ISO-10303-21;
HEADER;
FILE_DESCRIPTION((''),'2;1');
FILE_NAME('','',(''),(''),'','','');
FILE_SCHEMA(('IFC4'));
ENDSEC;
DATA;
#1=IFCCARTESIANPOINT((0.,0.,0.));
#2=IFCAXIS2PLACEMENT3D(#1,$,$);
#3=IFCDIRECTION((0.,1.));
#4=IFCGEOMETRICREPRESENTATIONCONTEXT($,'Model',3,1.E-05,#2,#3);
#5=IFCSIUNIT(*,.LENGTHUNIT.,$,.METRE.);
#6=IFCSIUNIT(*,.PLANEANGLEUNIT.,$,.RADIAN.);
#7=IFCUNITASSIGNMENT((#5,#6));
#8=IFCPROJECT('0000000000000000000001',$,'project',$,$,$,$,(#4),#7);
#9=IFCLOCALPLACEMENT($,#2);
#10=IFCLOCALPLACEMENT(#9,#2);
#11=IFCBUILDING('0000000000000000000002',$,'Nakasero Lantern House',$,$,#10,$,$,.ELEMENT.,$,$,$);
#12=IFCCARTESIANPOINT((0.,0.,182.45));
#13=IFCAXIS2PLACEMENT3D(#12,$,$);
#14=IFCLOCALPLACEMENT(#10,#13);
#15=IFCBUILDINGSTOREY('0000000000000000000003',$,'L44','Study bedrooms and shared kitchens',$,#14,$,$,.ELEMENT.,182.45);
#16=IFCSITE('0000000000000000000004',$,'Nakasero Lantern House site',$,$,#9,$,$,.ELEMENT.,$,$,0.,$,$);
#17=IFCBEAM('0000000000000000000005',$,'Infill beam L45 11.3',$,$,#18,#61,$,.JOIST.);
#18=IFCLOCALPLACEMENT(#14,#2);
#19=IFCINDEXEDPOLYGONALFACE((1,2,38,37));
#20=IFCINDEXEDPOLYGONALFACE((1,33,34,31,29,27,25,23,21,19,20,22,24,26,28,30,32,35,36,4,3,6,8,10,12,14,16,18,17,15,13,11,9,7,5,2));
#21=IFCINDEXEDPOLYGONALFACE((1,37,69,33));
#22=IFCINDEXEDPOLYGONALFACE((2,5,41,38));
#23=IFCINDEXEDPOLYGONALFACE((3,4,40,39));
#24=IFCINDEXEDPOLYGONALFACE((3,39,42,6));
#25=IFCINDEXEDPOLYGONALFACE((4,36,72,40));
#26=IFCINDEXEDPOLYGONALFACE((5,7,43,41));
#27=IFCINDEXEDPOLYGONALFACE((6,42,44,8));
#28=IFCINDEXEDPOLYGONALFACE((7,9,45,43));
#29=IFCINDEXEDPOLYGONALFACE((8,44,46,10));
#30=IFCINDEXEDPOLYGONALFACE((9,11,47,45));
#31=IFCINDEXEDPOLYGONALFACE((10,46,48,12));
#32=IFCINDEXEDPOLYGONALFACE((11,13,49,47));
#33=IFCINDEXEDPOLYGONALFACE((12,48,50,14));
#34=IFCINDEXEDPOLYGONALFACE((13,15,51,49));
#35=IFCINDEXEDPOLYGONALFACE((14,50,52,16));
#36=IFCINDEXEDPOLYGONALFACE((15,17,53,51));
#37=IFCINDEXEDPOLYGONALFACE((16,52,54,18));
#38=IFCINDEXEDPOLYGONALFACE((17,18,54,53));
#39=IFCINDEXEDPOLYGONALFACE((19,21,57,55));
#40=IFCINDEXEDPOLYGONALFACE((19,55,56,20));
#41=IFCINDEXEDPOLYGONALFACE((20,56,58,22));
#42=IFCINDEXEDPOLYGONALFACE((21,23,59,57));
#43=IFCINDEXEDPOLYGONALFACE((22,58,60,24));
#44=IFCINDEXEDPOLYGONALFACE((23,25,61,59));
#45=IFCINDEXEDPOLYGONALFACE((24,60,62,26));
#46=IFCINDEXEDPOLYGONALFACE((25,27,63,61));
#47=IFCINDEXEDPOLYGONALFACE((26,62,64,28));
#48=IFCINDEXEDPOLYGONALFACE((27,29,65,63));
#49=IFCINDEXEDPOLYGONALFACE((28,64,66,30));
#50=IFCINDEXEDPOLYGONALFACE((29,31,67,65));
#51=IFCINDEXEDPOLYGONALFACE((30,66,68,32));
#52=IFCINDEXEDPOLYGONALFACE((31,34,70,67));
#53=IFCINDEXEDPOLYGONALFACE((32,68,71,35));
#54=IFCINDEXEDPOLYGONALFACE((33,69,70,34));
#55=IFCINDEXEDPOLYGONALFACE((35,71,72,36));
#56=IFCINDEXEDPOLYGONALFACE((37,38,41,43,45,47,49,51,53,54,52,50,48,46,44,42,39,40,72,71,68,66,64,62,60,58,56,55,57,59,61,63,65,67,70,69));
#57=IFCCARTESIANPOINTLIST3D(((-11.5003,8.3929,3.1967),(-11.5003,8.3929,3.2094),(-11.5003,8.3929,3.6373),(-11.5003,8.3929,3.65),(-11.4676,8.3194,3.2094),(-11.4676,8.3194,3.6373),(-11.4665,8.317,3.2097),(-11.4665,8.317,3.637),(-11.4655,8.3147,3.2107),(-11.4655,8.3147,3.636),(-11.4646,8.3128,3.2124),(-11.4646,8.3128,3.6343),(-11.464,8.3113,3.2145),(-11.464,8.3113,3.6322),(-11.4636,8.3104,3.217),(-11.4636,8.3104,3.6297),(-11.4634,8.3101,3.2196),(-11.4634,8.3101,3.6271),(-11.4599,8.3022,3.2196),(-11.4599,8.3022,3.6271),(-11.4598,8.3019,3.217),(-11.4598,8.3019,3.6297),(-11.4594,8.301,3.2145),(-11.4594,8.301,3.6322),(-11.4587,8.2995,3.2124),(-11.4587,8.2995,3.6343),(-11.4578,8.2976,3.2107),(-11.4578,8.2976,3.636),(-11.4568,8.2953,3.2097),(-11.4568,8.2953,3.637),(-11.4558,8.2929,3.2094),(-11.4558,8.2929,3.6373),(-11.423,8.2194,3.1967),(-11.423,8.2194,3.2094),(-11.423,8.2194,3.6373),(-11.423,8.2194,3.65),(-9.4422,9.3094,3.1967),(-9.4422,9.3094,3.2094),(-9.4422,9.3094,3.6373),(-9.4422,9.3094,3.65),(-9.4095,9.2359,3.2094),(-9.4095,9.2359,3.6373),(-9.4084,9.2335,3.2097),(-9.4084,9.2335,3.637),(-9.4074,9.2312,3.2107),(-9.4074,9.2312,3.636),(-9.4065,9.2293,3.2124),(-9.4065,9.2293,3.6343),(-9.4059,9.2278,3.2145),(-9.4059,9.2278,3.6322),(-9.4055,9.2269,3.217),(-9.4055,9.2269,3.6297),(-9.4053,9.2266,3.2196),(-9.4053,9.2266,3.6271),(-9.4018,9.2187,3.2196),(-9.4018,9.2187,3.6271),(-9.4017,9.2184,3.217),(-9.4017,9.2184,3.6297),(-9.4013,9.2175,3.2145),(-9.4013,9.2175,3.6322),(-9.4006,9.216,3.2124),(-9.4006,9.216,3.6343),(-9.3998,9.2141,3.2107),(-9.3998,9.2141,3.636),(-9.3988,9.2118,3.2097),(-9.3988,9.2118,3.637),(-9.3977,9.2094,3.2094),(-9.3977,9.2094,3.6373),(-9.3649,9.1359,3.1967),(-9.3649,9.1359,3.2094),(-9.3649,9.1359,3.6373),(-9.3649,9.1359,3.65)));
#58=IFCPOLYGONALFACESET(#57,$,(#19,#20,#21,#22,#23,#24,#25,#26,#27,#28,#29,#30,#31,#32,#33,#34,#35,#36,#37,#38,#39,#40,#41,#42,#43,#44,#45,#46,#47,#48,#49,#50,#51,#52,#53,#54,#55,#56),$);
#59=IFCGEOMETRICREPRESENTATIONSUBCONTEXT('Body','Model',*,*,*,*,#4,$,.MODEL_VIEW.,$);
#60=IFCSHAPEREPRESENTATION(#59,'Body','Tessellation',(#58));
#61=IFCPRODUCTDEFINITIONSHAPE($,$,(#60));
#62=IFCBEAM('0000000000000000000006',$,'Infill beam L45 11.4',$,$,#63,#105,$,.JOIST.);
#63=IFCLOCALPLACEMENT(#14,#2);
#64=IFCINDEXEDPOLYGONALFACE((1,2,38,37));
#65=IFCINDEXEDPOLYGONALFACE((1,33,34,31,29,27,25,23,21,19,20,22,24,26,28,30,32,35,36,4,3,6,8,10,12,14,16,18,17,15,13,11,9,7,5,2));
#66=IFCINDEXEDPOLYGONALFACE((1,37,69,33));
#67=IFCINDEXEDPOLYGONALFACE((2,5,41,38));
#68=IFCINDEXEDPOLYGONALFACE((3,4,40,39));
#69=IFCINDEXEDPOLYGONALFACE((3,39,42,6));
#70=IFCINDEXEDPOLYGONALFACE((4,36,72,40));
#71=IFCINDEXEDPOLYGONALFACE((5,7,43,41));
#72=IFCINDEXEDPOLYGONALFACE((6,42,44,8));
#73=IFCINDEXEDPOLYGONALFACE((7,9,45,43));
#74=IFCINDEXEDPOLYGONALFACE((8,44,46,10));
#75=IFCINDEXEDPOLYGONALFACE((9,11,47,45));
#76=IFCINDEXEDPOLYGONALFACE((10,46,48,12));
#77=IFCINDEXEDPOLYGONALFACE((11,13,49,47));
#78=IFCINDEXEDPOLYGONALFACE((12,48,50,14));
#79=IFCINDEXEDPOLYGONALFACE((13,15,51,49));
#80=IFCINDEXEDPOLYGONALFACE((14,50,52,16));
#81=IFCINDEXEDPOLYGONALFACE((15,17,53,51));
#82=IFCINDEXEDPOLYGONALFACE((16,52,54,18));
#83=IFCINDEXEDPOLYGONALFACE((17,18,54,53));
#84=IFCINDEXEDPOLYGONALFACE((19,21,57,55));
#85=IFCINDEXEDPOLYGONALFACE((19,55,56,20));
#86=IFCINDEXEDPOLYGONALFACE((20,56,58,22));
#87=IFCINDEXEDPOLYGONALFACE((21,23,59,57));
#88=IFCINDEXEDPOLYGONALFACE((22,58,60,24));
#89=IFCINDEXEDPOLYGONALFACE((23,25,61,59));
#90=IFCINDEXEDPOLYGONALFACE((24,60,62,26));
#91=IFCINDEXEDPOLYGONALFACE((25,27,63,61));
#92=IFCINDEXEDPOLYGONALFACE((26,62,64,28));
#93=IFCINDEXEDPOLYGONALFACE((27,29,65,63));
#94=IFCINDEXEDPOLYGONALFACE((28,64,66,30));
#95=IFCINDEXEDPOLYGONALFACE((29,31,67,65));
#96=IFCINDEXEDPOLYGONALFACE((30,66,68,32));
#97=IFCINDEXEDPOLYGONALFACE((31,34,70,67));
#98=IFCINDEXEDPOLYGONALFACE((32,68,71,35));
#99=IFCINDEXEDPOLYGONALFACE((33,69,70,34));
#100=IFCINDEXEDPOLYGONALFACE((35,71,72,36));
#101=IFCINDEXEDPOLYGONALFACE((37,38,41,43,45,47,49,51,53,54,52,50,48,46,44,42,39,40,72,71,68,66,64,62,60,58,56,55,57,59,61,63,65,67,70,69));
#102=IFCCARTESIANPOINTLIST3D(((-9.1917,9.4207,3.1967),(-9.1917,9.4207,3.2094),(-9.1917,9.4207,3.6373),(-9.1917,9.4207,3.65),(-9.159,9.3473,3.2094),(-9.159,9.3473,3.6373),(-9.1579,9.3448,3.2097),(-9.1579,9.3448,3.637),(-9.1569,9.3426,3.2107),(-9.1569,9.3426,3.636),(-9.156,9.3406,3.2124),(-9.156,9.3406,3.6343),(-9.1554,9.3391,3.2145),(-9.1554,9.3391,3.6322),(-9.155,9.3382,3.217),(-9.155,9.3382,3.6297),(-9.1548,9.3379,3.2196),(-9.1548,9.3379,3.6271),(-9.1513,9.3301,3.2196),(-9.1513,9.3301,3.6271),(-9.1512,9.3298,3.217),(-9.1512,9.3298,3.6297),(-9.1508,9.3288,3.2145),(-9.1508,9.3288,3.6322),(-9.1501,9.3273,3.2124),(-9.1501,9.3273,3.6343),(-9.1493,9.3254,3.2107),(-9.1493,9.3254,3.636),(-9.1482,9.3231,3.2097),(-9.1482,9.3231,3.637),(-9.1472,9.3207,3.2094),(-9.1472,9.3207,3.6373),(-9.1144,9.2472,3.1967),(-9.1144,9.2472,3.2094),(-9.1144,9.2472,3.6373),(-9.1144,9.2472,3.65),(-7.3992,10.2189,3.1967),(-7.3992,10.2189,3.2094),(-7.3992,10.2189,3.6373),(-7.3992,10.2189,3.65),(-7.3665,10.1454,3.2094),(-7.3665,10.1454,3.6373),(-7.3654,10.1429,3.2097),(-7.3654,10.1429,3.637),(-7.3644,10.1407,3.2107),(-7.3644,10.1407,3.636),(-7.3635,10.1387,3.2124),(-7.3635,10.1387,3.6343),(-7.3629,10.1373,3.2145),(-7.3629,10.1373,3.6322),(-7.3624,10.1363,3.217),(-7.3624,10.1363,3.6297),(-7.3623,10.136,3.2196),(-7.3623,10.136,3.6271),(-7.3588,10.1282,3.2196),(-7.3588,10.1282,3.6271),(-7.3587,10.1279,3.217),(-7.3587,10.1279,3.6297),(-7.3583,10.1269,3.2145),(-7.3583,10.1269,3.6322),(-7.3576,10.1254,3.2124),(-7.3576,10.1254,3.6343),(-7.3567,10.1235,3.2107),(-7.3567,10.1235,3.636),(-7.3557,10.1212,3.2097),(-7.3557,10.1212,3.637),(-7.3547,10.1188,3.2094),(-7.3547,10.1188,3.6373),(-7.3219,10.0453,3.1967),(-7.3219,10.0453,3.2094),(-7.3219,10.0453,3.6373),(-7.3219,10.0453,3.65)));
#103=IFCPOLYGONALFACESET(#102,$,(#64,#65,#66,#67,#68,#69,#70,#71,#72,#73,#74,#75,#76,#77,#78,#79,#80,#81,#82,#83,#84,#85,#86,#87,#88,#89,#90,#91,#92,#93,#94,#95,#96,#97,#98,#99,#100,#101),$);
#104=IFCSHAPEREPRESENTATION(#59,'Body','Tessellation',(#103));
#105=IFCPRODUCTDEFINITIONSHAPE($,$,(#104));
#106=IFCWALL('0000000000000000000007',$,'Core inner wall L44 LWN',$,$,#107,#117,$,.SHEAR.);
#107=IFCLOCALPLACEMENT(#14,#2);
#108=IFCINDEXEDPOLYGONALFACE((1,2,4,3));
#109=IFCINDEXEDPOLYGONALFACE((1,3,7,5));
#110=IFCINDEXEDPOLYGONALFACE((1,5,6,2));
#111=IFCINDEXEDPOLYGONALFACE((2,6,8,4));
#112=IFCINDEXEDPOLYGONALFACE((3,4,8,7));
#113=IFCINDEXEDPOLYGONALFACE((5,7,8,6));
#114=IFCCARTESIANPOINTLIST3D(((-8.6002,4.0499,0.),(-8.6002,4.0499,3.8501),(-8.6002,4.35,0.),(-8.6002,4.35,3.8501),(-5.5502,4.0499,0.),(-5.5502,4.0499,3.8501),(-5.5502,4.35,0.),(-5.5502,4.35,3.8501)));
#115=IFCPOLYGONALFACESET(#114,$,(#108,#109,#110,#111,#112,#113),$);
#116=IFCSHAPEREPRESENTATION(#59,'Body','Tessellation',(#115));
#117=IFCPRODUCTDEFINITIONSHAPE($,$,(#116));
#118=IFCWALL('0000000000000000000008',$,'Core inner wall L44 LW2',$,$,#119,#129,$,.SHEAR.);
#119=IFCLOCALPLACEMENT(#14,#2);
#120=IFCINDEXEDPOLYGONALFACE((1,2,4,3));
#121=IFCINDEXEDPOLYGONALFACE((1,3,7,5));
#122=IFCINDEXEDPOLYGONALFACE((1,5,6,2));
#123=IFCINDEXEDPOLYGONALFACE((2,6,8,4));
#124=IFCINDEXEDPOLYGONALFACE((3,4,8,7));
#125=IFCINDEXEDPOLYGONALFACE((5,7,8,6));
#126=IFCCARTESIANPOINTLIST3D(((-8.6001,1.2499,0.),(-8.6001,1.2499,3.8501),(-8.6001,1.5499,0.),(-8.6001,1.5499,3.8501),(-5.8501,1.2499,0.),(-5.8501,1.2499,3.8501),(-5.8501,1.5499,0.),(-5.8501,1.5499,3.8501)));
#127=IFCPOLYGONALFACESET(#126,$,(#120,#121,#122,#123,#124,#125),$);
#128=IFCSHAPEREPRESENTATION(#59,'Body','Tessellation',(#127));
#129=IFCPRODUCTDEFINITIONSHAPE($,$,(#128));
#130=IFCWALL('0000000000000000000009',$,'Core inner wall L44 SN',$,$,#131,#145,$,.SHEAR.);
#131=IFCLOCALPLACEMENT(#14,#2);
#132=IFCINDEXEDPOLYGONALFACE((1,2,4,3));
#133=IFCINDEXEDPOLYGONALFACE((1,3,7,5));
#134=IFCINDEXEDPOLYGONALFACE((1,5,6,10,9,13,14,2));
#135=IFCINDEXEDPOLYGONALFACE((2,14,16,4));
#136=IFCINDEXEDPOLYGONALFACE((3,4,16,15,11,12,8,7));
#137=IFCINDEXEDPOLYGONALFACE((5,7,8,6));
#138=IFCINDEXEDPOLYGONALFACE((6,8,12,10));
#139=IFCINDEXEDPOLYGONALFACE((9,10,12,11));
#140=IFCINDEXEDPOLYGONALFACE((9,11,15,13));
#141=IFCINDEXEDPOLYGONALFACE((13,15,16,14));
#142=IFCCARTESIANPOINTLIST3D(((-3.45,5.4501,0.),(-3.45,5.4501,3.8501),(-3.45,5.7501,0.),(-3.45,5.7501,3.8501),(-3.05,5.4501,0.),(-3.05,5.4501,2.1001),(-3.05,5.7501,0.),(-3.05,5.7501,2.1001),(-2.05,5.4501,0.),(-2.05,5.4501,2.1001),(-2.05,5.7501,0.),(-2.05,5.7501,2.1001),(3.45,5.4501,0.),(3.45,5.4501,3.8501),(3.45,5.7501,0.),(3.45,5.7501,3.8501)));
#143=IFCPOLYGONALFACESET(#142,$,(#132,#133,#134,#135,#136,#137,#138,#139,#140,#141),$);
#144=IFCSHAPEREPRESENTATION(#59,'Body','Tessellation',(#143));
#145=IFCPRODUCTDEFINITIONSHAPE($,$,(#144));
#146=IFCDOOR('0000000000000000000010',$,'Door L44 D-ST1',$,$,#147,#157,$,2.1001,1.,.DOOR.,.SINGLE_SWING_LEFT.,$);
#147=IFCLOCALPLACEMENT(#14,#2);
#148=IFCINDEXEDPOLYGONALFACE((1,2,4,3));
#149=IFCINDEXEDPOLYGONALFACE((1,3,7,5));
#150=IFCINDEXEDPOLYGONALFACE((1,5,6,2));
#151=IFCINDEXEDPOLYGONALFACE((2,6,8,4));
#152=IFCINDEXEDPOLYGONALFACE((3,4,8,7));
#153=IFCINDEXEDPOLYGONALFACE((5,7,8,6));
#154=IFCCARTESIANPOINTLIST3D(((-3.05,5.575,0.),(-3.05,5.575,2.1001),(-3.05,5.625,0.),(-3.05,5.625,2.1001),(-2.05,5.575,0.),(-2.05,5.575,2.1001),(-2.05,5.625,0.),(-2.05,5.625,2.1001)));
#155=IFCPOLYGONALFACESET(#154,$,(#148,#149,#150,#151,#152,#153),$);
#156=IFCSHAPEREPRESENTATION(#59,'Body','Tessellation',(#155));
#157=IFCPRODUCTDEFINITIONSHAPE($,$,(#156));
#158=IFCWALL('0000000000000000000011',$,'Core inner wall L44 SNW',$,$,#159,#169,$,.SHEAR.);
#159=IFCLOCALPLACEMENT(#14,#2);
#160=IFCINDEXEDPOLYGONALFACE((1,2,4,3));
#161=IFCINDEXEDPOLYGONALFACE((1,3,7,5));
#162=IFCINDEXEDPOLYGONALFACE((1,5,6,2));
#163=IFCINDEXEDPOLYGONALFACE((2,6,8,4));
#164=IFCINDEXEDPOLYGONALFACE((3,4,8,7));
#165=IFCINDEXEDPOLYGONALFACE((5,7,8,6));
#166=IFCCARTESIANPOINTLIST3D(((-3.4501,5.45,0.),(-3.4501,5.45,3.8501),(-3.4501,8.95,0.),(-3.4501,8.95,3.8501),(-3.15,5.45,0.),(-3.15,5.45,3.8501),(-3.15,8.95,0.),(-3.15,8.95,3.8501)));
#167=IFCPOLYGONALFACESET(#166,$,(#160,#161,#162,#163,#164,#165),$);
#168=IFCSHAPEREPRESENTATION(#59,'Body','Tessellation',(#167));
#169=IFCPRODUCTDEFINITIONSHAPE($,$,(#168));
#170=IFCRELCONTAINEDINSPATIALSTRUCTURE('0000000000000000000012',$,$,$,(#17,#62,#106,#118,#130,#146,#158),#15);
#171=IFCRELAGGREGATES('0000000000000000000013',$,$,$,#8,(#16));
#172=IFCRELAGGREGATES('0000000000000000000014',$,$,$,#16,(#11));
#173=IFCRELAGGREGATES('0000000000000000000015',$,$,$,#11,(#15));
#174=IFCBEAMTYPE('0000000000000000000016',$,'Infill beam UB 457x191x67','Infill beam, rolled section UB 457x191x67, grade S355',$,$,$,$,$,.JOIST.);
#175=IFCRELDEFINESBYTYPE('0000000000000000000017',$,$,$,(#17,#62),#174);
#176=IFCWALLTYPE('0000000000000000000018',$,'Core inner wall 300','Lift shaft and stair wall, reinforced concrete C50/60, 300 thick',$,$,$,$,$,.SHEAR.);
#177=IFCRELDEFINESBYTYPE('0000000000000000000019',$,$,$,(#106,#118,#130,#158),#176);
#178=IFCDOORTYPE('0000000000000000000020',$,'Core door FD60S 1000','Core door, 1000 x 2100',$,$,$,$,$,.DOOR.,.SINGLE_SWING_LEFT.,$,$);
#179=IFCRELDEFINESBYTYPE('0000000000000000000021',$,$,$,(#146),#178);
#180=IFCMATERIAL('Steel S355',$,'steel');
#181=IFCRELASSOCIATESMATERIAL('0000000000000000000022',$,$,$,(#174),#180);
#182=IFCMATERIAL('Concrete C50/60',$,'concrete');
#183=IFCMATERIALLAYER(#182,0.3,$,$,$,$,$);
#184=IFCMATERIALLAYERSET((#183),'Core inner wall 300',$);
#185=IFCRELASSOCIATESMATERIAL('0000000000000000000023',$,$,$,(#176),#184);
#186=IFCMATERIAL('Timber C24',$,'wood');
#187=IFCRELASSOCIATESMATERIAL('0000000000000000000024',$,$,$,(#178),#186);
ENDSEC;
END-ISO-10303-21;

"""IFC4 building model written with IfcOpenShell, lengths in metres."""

from ifc_helpers import new_model, si_unit, direction, frame, frame_2d, origin, origin_2d, place, context, subcontext, project, spatial, rectangle, i_section, extrude, material, layer, layer_set, material_profile, profile_set, type_object, element, fill, save


model = new_model("IFC4")

# Units and contexts
model_context = context("Model", 3, precision=1e-05, world=origin(), true_north=direction((0.0, 1.0)))
body_context = subcontext(model_context, "Body", "Model", "MODEL_VIEW")
ifc_project = project(units=[si_unit("LENGTHUNIT", "METRE"), si_unit("PLANEANGLEUNIT", "RADIAN")], contexts=[model_context])

# Site, building, storey
site_placement = place(None, origin())
site = spatial("IfcSite", under=ifc_project, at=site_placement, Name="Nakasero Lantern House site", CompositionType="ELEMENT", RefElevation=0.0)
building_placement = place(site_placement, origin())
building = spatial("IfcBuilding", under=site, at=building_placement, Name="Nakasero Lantern House", CompositionType="ELEMENT")
storey_placement = place(building_placement, frame((0.0, 0.0, 182.45)))
storey = spatial("IfcBuildingStorey", under=building, at=storey_placement, Name="L44", Description="Study bedrooms and shared kitchens", CompositionType="ELEMENT", Elevation=182.45)

# Beams
ifc_material_1 = material(Name="Steel S355", Category="steel")
ifc_material_profile = material_profile(ifc_material_1, i_section(OverallWidth=0.1899, OverallDepth=0.4534, WebThickness=0.0085, FlangeThickness=0.0127, FilletRadius=0.0103, at=origin_2d()), Name="UB 457x191x67")
ifc_profile_set = profile_set([ifc_material_profile], Name="Steel S355")
beam_type = type_object("IfcBeamType", Name="Infill beam UB 457x191x67", Description="Infill beam, rolled section UB 457x191x67, grade S355", PredefinedType="JOIST", material=ifc_profile_set)
beam_1_placement = place(storey_placement, frame((-11.4617, 8.3062, 3.4233), z_axis=(0.913516, 0.406802, 0.0), x_axis=(-0.406802, 0.913516, 0.0)))
element("IfcBeam", 1, at=beam_1_placement, inside=storey, type_object=beam_type, Name="Infill beam L45 11.3", PredefinedType="JOIST", context=body_context, shape_type="SweptSolid", body=[
    extrude(i_section(OverallWidth=0.1899, OverallDepth=0.4534, WebThickness=0.0085, FlangeThickness=0.0127, FilletRadius=0.0103, at=origin_2d()), origin(), (0.0, 0.0, 1.0), 2.2529),
])
beam_2_placement = place(storey_placement, frame((-9.1531, 9.334, 3.4233), z_axis=(0.913539, 0.40675, 0.0), x_axis=(-0.40675, 0.913539, 0.0)))
element("IfcBeam", 2, at=beam_2_placement, inside=storey, type_object=beam_type, Name="Infill beam L45 11.4", PredefinedType="JOIST", context=body_context, shape_type="SweptSolid", body=[
    extrude(i_section(OverallWidth=0.1899, OverallDepth=0.4534, WebThickness=0.0085, FlangeThickness=0.0127, FilletRadius=0.0103, at=origin_2d()), origin(), (0.0, 0.0, 1.0), 1.9622),
])

# Walls
ifc_material_2 = material(Name="Concrete C50/60", Category="concrete")
ifc_layer_1 = layer(ifc_material_2, 0.3)
ifc_layer_set_1 = layer_set([ifc_layer_1], Name="Core inner wall 300")
wall_type_1 = type_object("IfcWallType", Name="Core inner wall 300", Description="Lift shaft and stair wall, reinforced concrete C50/60, 300 thick", PredefinedType="SHEAR", material=ifc_layer_set_1)
wall_1_placement = place(storey_placement, frame((-8.6001, 4.2, 0.0), z_axis=(0.0, 0.0, 1.0), x_axis=(1.0, 0.0, 0.0)))
element("IfcWall", 3, at=wall_1_placement, inside=storey, type_object=wall_type_1, Name="Core inner wall L44 LWN", PredefinedType="SHEAR", context=body_context, shape_type="SweptSolid", body=[
    extrude(rectangle(XDim=3.05, YDim=0.3, at=frame_2d((1.5249, 0.0))), origin(), (0.0, 0.0, 1.0), 3.8501),
])
wall_2_placement = place(storey_placement, frame((-8.6001, 1.3999, 0.0), z_axis=(0.0, 0.0, 1.0), x_axis=(1.0, 0.0, 0.0)))
element("IfcWall", 4, at=wall_2_placement, inside=storey, type_object=wall_type_1, Name="Core inner wall L44 LW2", PredefinedType="SHEAR", context=body_context, shape_type="SweptSolid", body=[
    extrude(rectangle(XDim=2.75, YDim=0.3, at=frame_2d((1.375, 0.0))), origin(), (0.0, 0.0, 1.0), 3.8501),
])

# Wall, opening, door
wall_3_placement = place(storey_placement, frame((-3.45, 5.6001, 0.0), z_axis=(0.0, 0.0, 1.0), x_axis=(1.0, 0.0, 0.0)))
wall_3 = element("IfcWall", 5, at=wall_3_placement, inside=storey, type_object=wall_type_1, Name="Core inner wall L44 SN", PredefinedType="SHEAR", context=body_context, shape_type="SweptSolid", body=[
    extrude(rectangle(XDim=6.8999, YDim=0.3, at=frame_2d((3.45, 0.0))), origin(), (0.0, 0.0, 1.0), 3.8501),
])
opening_1_placement = place(wall_3_placement, frame((0.3999, 0.0, 0.0)))
opening_1 = element("IfcOpeningElement", 6, at=opening_1_placement, cuts=wall_3, PredefinedType="OPENING", context=body_context, shape_type="SweptSolid", body=[
    extrude(rectangle(XDim=1.0, YDim=2.1001, at=frame_2d((0.5, 1.05))), frame((0.0, 0.1699, 0.0), z_axis=(0.0, -1.0, 0.0), x_axis=(1.0, 0.0, 0.0)), (0.0, 0.0, 1.0), 0.3401),
])
ifc_material_3 = material(Name="Timber C24", Category="wood")
door_type_1 = type_object("IfcDoorType", Name="Core door FD60S 1000", Description="Core door, 1000 x 2100", OperationType="SINGLE_SWING_LEFT", PredefinedType="DOOR", material=ifc_material_3)
door_1_placement = place(opening_1_placement, origin())
door_1 = element("IfcDoor", 7, at=door_1_placement, inside=storey, type_object=door_type_1, Name="Door L44 D-ST1", OperationType="SINGLE_SWING_LEFT", OverallHeight=2.1001, OverallWidth=1.0, PredefinedType="DOOR", context=body_context, shape_type="SweptSolid", body=[
    extrude(rectangle(XDim=1.0, YDim=2.1001, at=frame_2d((0.5, 1.05))), frame((0.0, 0.0249, 0.0), z_axis=(0.0, -1.0, 0.0), x_axis=(1.0, 0.0, 0.0)), (0.0, 0.0, 1.0), 0.05),
])
fill(opening_1, door_1)

# Wall
wall_4_placement = place(storey_placement, frame((-3.3, 5.45, 0.0), z_axis=(0.0, 0.0, 1.0), x_axis=(0.0, 1.0, 0.0)))
element("IfcWall", 8, at=wall_4_placement, inside=storey, type_object=wall_type_1, Name="Core inner wall L44 SNW", PredefinedType="SHEAR", context=body_context, shape_type="SweptSolid", body=[
    extrude(rectangle(XDim=3.5, YDim=0.3, at=frame_2d((1.75, 0.0))), origin(), (0.0, 0.0, 1.0), 3.8501),
])

save(model, "model.ifc")
